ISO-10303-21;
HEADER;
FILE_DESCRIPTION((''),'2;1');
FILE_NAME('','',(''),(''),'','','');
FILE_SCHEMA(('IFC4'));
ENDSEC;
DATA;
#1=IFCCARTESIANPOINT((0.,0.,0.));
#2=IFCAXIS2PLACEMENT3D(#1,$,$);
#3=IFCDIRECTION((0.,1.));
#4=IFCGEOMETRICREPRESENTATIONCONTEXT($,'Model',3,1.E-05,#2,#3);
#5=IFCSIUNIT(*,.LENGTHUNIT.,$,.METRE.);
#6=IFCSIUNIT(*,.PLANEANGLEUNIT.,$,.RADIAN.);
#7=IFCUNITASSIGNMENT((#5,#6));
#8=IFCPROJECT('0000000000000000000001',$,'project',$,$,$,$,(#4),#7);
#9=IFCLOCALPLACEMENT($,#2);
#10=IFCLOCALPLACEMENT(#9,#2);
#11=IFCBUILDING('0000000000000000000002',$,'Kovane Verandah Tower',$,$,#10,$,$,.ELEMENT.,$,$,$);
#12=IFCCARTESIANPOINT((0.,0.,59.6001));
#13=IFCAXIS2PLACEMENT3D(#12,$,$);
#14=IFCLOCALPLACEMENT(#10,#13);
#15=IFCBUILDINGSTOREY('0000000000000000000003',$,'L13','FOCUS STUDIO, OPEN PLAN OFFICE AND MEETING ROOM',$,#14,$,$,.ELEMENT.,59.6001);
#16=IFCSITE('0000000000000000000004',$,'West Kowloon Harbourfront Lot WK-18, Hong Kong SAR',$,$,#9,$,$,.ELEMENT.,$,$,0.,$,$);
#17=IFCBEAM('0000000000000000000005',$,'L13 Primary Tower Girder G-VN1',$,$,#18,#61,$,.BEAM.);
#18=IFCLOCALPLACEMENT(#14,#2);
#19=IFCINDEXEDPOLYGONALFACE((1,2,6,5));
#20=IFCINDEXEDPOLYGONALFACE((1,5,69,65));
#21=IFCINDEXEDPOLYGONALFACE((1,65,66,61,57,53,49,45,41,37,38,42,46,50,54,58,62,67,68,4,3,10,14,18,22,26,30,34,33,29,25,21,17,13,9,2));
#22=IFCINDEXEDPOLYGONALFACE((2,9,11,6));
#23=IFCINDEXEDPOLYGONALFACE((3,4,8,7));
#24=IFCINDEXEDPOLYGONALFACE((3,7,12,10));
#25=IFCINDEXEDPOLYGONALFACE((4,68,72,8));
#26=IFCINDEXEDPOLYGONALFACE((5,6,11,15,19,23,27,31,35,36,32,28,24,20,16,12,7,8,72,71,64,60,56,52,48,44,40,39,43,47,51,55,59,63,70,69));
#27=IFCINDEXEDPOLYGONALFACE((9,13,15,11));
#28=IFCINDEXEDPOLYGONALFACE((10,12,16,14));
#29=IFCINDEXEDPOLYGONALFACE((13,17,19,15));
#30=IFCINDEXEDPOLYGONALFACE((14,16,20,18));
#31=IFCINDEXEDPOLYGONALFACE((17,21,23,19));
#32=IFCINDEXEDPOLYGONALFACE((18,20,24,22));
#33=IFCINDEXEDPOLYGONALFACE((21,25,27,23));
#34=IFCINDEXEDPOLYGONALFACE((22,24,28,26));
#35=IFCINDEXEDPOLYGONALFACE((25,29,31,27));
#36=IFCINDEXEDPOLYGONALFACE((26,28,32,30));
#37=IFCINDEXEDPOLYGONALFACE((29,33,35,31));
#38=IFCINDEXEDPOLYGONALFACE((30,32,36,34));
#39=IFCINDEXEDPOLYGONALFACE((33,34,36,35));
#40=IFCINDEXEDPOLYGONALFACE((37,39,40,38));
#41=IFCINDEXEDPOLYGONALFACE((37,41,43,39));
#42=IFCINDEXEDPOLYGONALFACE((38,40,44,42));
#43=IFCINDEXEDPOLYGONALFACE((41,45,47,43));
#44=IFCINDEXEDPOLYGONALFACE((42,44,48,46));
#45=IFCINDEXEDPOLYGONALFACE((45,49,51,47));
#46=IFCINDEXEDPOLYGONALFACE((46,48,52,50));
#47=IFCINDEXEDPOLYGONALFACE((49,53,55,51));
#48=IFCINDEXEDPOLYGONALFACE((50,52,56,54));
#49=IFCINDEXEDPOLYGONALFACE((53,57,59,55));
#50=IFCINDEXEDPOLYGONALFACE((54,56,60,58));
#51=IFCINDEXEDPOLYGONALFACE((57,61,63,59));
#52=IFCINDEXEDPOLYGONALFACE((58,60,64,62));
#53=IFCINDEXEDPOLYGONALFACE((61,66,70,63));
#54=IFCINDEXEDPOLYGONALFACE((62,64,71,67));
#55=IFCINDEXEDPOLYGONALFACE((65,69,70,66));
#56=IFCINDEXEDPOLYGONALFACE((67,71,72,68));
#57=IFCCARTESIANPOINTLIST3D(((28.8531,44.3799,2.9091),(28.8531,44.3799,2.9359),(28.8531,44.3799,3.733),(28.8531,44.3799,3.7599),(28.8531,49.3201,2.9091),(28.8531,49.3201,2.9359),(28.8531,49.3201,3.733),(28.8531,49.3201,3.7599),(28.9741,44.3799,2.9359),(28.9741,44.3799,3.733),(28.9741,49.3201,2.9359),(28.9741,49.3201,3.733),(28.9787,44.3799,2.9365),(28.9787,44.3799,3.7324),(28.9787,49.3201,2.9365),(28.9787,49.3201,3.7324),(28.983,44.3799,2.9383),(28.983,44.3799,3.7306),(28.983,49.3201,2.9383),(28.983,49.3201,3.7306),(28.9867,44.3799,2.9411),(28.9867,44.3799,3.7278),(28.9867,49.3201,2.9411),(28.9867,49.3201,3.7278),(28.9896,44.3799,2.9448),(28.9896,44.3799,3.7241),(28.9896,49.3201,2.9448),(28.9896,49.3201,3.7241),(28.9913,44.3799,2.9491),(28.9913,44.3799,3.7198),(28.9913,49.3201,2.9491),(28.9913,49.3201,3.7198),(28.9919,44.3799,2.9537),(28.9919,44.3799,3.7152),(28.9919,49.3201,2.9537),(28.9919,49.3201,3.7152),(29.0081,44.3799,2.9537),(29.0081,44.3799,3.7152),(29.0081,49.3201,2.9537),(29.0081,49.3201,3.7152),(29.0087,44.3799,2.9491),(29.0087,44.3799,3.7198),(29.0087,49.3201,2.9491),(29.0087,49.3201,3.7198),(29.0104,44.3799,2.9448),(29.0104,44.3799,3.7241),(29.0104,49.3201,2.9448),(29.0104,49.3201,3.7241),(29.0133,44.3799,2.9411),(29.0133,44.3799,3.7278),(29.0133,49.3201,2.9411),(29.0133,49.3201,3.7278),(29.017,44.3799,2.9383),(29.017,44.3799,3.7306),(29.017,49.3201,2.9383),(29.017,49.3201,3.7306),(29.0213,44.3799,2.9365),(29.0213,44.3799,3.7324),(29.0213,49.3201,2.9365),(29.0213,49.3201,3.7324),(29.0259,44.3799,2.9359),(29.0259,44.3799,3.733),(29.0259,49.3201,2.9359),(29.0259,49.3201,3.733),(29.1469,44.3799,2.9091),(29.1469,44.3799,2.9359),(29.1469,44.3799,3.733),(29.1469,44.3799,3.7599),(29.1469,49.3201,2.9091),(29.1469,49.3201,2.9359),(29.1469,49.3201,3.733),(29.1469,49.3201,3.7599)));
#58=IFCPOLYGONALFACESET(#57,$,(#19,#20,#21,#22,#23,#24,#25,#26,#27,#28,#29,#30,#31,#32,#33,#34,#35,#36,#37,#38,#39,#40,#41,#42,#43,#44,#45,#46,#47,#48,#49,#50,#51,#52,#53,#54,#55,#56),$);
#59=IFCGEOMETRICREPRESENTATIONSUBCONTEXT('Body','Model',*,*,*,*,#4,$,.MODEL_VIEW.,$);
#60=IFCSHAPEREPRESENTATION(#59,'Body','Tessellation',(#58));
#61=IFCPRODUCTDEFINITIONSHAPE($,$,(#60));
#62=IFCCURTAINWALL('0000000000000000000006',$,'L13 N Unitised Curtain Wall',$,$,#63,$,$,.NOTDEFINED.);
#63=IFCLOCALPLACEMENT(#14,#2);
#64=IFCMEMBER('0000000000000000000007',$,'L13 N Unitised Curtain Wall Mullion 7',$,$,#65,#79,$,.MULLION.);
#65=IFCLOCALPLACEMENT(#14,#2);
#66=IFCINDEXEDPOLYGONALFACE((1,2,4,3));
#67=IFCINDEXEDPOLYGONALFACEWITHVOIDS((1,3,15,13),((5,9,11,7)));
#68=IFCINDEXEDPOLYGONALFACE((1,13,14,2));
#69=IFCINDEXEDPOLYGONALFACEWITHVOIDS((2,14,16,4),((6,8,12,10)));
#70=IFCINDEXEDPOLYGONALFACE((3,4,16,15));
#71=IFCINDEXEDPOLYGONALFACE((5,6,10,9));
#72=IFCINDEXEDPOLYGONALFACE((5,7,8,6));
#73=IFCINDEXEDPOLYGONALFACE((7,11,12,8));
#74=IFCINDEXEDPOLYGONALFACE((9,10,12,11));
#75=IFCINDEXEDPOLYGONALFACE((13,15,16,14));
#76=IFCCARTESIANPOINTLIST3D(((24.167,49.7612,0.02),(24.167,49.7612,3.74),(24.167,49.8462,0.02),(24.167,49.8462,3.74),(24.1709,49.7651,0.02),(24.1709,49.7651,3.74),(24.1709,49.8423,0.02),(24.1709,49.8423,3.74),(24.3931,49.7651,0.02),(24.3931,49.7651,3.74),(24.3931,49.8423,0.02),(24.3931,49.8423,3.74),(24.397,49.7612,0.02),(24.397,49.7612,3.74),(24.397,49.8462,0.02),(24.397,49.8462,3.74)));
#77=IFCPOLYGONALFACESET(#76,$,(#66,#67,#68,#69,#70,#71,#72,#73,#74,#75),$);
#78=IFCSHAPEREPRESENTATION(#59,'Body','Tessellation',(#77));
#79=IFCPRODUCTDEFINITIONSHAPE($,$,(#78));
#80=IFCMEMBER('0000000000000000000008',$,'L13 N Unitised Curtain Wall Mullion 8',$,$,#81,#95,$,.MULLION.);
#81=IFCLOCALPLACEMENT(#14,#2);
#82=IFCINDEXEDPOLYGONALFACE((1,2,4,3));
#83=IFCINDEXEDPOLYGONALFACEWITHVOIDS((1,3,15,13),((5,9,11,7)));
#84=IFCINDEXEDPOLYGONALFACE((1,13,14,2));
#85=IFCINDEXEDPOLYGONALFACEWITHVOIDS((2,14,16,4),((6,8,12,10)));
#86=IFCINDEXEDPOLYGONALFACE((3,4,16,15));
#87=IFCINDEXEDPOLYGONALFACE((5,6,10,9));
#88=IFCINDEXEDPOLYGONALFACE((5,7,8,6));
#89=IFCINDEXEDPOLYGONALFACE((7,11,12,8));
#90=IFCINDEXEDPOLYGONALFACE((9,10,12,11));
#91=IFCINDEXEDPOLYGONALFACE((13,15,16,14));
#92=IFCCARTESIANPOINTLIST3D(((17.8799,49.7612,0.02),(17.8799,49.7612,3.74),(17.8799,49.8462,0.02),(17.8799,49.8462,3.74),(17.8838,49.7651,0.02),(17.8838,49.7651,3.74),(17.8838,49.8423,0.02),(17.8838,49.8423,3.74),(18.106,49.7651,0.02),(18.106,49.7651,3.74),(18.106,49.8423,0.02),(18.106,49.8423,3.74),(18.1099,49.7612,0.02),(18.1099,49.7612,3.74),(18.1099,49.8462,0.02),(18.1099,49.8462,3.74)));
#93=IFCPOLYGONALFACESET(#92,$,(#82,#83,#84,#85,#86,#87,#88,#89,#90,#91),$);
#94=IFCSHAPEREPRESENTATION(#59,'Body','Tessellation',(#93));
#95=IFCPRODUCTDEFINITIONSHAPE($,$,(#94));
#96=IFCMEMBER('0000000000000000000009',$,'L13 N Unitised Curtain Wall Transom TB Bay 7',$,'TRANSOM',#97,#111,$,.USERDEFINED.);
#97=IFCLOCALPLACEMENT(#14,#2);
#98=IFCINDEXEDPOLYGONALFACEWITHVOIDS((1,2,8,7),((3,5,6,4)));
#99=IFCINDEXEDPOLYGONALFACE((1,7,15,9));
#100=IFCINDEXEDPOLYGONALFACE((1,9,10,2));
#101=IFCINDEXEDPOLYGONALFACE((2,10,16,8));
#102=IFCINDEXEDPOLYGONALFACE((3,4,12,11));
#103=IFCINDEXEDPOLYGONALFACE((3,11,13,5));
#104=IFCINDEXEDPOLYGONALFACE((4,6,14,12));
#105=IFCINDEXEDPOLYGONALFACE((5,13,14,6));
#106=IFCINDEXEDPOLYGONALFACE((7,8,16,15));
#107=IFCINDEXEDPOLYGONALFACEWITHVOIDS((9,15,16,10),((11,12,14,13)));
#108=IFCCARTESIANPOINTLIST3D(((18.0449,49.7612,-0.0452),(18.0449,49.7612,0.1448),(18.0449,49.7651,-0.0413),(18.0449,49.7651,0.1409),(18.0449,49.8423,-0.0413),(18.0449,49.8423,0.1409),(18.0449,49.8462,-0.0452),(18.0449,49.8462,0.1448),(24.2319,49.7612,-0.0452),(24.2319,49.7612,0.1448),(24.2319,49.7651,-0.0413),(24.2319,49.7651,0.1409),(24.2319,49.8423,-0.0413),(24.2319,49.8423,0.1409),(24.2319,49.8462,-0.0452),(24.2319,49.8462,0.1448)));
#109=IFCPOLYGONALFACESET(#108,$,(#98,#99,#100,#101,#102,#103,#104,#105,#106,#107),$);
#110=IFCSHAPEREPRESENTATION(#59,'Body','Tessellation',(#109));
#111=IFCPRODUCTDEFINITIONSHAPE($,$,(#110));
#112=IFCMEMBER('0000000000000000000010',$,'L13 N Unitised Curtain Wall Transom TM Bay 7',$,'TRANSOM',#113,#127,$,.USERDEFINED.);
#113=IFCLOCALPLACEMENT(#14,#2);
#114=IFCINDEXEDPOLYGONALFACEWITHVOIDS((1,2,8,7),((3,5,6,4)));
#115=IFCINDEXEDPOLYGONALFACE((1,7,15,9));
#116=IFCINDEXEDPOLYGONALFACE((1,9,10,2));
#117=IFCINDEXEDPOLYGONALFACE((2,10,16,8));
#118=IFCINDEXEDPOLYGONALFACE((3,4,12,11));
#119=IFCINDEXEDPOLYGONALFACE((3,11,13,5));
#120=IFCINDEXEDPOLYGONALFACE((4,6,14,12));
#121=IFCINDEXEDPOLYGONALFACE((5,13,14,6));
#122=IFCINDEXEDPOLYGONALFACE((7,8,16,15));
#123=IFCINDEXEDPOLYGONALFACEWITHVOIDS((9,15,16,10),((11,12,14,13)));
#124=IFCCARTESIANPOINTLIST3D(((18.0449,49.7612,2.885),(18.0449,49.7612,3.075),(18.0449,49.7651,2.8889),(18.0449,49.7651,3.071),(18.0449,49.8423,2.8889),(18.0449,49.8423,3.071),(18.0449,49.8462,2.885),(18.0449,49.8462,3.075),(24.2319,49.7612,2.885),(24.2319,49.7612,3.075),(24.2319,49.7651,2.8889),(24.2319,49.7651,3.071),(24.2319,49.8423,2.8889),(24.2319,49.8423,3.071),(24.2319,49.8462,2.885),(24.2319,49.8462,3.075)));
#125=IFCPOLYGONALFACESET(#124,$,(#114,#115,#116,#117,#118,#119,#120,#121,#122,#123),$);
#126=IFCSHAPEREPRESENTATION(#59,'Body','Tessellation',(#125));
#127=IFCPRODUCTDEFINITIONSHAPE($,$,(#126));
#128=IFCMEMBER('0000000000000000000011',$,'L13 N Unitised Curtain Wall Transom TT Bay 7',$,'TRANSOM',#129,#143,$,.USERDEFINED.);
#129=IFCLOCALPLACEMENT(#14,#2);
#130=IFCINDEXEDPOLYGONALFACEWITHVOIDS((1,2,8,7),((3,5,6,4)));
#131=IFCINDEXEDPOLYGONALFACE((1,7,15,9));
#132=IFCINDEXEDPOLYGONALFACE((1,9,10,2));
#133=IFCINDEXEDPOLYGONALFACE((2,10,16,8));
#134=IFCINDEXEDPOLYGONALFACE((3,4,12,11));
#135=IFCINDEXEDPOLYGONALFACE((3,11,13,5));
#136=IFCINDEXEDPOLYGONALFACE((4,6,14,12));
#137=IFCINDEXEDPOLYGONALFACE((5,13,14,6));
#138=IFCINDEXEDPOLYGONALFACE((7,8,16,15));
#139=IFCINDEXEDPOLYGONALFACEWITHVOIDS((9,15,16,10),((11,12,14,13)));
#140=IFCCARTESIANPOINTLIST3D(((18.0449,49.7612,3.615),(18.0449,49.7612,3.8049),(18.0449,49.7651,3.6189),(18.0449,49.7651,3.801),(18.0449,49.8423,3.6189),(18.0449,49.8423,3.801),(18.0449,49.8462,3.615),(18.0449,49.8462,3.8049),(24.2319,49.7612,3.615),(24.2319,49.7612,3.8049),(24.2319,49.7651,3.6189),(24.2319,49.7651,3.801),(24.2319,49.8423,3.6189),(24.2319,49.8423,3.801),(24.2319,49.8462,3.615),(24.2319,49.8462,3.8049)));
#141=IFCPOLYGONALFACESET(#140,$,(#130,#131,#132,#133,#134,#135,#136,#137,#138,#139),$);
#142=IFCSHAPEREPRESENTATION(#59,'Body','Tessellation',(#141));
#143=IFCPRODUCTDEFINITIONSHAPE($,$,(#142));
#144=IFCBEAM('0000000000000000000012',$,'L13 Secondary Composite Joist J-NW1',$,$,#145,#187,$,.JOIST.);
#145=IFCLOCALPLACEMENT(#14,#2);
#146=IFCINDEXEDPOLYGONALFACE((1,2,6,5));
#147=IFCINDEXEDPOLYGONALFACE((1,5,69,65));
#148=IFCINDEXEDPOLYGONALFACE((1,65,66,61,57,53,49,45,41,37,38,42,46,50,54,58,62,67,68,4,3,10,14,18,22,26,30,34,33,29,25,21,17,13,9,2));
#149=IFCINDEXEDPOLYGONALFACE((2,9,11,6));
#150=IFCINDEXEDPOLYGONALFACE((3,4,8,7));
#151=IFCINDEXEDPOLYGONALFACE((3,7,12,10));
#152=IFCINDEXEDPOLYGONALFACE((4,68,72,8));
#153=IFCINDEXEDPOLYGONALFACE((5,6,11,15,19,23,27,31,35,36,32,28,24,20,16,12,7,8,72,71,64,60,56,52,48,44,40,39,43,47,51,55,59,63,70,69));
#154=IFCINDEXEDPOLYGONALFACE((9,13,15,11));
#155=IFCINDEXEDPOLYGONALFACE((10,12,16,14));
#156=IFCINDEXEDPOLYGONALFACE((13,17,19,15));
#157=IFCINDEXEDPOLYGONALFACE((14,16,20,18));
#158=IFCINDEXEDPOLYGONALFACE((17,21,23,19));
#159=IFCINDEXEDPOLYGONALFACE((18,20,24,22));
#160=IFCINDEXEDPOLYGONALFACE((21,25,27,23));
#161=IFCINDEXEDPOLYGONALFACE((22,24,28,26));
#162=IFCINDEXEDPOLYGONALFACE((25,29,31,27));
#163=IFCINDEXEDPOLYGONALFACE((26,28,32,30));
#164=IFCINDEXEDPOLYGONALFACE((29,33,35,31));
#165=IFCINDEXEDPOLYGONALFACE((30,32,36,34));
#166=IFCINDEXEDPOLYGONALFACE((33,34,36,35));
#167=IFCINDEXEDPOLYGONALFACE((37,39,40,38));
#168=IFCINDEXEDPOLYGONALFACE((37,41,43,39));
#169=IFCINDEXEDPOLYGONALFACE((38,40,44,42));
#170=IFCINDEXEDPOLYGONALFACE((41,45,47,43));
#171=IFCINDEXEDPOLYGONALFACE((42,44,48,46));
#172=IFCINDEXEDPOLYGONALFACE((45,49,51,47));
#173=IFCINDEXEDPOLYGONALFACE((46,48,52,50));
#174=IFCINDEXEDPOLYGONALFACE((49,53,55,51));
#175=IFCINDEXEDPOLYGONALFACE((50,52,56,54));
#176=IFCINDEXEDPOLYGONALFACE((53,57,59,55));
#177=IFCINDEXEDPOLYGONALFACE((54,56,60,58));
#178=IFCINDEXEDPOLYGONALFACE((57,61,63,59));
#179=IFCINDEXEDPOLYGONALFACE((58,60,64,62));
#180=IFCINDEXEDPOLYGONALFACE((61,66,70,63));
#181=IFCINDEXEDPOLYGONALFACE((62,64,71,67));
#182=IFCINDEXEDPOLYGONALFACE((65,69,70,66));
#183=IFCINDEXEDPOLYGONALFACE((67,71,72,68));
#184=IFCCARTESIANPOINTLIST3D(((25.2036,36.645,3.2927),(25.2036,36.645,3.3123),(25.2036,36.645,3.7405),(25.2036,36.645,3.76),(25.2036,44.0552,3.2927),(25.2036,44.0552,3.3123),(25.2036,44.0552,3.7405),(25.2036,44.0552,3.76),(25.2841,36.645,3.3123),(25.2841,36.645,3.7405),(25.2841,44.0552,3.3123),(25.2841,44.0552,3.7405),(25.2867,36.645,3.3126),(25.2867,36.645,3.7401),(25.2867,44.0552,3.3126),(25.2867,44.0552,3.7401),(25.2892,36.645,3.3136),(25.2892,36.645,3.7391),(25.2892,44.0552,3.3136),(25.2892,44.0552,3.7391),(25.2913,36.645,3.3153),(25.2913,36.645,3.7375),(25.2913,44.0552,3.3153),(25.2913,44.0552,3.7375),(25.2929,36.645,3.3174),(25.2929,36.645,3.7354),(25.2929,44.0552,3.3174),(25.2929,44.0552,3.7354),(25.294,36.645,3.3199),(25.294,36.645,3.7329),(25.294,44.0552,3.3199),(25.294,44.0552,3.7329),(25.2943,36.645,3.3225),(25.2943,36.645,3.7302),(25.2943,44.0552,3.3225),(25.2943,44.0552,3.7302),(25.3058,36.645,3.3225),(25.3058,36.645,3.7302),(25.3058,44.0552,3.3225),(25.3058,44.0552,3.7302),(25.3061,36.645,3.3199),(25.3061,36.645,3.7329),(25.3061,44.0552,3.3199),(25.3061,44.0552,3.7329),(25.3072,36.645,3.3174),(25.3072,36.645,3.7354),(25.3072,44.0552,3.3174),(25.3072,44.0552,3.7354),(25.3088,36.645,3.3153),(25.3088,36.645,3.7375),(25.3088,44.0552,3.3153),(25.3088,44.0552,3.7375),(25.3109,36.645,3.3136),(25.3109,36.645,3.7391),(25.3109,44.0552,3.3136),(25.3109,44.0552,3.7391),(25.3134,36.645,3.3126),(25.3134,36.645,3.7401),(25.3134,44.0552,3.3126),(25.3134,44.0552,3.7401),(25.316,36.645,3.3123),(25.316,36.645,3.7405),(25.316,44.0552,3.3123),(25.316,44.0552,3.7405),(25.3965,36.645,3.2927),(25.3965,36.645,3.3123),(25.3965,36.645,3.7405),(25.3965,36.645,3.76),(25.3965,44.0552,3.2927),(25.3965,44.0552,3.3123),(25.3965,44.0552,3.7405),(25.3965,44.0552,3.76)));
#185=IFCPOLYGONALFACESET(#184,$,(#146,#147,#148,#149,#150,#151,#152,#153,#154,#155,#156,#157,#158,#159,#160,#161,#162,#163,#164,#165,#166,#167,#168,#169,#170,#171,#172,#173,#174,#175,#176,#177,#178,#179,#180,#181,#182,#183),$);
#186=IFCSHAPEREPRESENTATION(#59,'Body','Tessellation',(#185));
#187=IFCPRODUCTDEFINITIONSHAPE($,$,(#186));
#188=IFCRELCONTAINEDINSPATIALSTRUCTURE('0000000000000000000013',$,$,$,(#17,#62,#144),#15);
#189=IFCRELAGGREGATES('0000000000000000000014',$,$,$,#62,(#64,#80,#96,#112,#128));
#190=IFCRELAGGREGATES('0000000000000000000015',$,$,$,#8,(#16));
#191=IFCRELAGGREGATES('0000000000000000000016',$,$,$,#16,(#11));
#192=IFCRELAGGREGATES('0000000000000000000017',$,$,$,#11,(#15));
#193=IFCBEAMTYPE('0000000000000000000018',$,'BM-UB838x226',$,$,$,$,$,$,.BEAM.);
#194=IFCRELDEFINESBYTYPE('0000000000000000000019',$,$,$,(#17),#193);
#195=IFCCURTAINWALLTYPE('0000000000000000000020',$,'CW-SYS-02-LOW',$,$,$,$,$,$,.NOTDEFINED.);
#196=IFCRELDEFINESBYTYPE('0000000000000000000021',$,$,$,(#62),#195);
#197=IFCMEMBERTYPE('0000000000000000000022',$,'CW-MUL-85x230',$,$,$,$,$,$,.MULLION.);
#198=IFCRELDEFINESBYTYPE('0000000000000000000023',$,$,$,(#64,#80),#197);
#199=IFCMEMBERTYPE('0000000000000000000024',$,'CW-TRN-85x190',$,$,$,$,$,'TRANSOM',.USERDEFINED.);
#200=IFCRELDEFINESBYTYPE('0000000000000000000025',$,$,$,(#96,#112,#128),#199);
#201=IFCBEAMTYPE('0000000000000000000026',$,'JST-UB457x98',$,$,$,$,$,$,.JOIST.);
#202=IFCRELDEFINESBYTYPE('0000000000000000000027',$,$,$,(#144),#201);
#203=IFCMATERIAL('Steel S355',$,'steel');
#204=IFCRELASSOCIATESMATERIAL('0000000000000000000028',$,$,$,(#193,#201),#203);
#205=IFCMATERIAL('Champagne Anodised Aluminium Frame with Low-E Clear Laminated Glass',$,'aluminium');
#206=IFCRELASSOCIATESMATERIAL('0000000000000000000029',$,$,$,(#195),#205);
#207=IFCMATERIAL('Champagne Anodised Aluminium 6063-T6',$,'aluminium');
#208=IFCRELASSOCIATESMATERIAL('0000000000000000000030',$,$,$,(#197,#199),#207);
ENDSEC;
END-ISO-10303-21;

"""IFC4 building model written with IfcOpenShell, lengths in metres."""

from ifc_helpers import new_model, si_unit, direction, frame, origin, origin_2d, place, context, subcontext, project, spatial, hollow_rectangle, i_section, extrude, material, material_profile, profile_set, type_object, element, aggregate, save


model = new_model("IFC4")

# Units and contexts
model_context = context("Model", 3, precision=1e-05, world=origin(), true_north=direction((0.0, 1.0)))
body_context = subcontext(model_context, "Body", "Model", "MODEL_VIEW")
ifc_project = project(units=[si_unit("LENGTHUNIT", "METRE"), si_unit("PLANEANGLEUNIT", "RADIAN")], contexts=[model_context])

# Site, building, storey
site_placement = place(None, origin())
site = spatial("IfcSite", under=ifc_project, at=site_placement, Name="West Kowloon Harbourfront Lot WK-18, Hong Kong SAR", CompositionType="ELEMENT", RefElevation=0.0)
building_placement = place(site_placement, origin())
building = spatial("IfcBuilding", under=site, at=building_placement, Name="Kovane Verandah Tower", CompositionType="ELEMENT")
storey_placement = place(building_placement, frame((0.0, 0.0, 59.6001)))
storey = spatial("IfcBuildingStorey", under=building, at=storey_placement, Name="L13", Description="FOCUS STUDIO, OPEN PLAN OFFICE AND MEETING ROOM", CompositionType="ELEMENT", Elevation=59.6001)

# Beam
ifc_material_1 = material(Name="Steel S355", Category="steel")
ifc_material_profile_1 = material_profile(ifc_material_1, i_section(OverallWidth=0.2937, OverallDepth=0.8508, WebThickness=0.0161, FlangeThickness=0.0269, FilletRadius=0.0178, at=origin_2d()), Name="UB838x292x226")
ifc_profile_set_1 = profile_set([ifc_material_profile_1], Name="Steel S355")
beam_type_1 = type_object("IfcBeamType", Name="BM-UB838x226", PredefinedType="BEAM", material=ifc_profile_set_1)
beam_1_placement = place(storey_placement, frame((29.0, 44.3799, 3.3345), z_axis=(0.0, 1.0, 0.0), x_axis=(-1.0, 0.0, 0.0)))
element("IfcBeam", 1, at=beam_1_placement, inside=storey, type_object=beam_type_1, Name="L13 Primary Tower Girder G-VN1", PredefinedType="BEAM", context=body_context, shape_type="SweptSolid", body=[
    extrude(i_section(OverallWidth=0.2937, OverallDepth=0.8508, WebThickness=0.0161, FlangeThickness=0.0269, FilletRadius=0.0178, at=origin_2d()), origin(), (0.0, 0.0, 1.0), 4.9402),
])

# Curtain wall, members
ifc_material_2 = material(Name="Champagne Anodised Aluminium Frame with Low-E Clear Laminated Glass", Category="aluminium")
curtain_wall_type = type_object("IfcCurtainWallType", Name="CW-SYS-02-LOW", PredefinedType="NOTDEFINED", material=ifc_material_2)
curtain_wall_placement = place(storey_placement, origin())
curtain_wall = element("IfcCurtainWall", 2, at=curtain_wall_placement, inside=storey, type_object=curtain_wall_type, Name="L13 N Unitised Curtain Wall", PredefinedType="NOTDEFINED")
ifc_material_3 = material(Name="Champagne Anodised Aluminium 6063-T6", Category="aluminium")
ifc_material_profile_2 = material_profile(ifc_material_3, hollow_rectangle(XDim=0.085, YDim=0.23, WallThickness=0.0039, at=origin_2d()), Name="AL85x230x4")
ifc_profile_set_2 = profile_set([ifc_material_profile_2], Name="Champagne Anodised Aluminium 6063-T6")
member_type_1 = type_object("IfcMemberType", Name="CW-MUL-85x230", PredefinedType="MULLION", material=ifc_profile_set_2)
member_1_placement = place(storey_placement, frame((24.282, 49.8037, 0.02), z_axis=(0.0, 0.0, 1.0), x_axis=(0.0, 1.0, 0.0)))
member_1 = element("IfcMember", 3, at=member_1_placement, type_object=member_type_1, Name="L13 N Unitised Curtain Wall Mullion 7", PredefinedType="MULLION", context=body_context, shape_type="SweptSolid", body=[
    extrude(hollow_rectangle(XDim=0.085, YDim=0.23, WallThickness=0.0039, at=origin_2d()), origin(), (0.0, 0.0, 1.0), 3.72),
])
member_2_placement = place(storey_placement, frame((17.9949, 49.8037, 0.02), z_axis=(0.0, 0.0, 1.0), x_axis=(0.0, 1.0, 0.0)))
member_2 = element("IfcMember", 4, at=member_2_placement, type_object=member_type_1, Name="L13 N Unitised Curtain Wall Mullion 8", PredefinedType="MULLION", context=body_context, shape_type="SweptSolid", body=[
    extrude(hollow_rectangle(XDim=0.085, YDim=0.23, WallThickness=0.0039, at=origin_2d()), origin(), (0.0, 0.0, 1.0), 3.72),
])
ifc_material_profile_3 = material_profile(ifc_material_3, hollow_rectangle(XDim=0.085, YDim=0.1899, WallThickness=0.0039, at=origin_2d()), Name="AL85x190x4")
ifc_profile_set_3 = profile_set([ifc_material_profile_3], Name="Champagne Anodised Aluminium 6063-T6")
member_type_2 = type_object("IfcMemberType", Name="CW-TRN-85x190", ElementType="TRANSOM", PredefinedType="USERDEFINED", material=ifc_profile_set_3)
member_3_placement = place(storey_placement, frame((24.2319, 49.8037, 0.0498), z_axis=(-1.0, 0.0, 0.0), x_axis=(0.0, -1.0, 0.0)))
member_3 = element("IfcMember", 5, at=member_3_placement, type_object=member_type_2, Name="L13 N Unitised Curtain Wall Transom TB Bay 7", ObjectType="TRANSOM", PredefinedType="USERDEFINED", context=body_context, shape_type="SweptSolid", body=[
    extrude(hollow_rectangle(XDim=0.085, YDim=0.1899, WallThickness=0.0039, at=origin_2d()), origin(), (0.0, 0.0, 1.0), 6.187),
])
member_4_placement = place(storey_placement, frame((24.2319, 49.8037, 2.98), z_axis=(-1.0, 0.0, 0.0), x_axis=(0.0, -1.0, 0.0)))
member_4 = element("IfcMember", 6, at=member_4_placement, type_object=member_type_2, Name="L13 N Unitised Curtain Wall Transom TM Bay 7", ObjectType="TRANSOM", PredefinedType="USERDEFINED", context=body_context, shape_type="SweptSolid", body=[
    extrude(hollow_rectangle(XDim=0.085, YDim=0.1899, WallThickness=0.0039, at=origin_2d()), origin(), (0.0, 0.0, 1.0), 6.187),
])
member_5_placement = place(storey_placement, frame((24.2319, 49.8037, 3.71), z_axis=(-1.0, 0.0, 0.0), x_axis=(0.0, -1.0, 0.0)))
member_5 = element("IfcMember", 7, at=member_5_placement, type_object=member_type_2, Name="L13 N Unitised Curtain Wall Transom TT Bay 7", ObjectType="TRANSOM", PredefinedType="USERDEFINED", context=body_context, shape_type="SweptSolid", body=[
    extrude(hollow_rectangle(XDim=0.085, YDim=0.1899, WallThickness=0.0039, at=origin_2d()), origin(), (0.0, 0.0, 1.0), 6.187),
])

# Beam
ifc_material_profile_4 = material_profile(ifc_material_1, i_section(OverallWidth=0.1929, OverallDepth=0.4673, WebThickness=0.0115, FlangeThickness=0.0195, FilletRadius=0.0103, at=origin_2d()), Name="UB457x191x98")
ifc_profile_set_4 = profile_set([ifc_material_profile_4], Name="Steel S355")
beam_type_2 = type_object("IfcBeamType", Name="JST-UB457x98", PredefinedType="JOIST", material=ifc_profile_set_4)
beam_2_placement = place(storey_placement, frame((25.3, 36.645, 3.5264), z_axis=(0.0, 1.0, 0.0), x_axis=(-1.0, 0.0, 0.0)))
element("IfcBeam", 8, at=beam_2_placement, inside=storey, type_object=beam_type_2, Name="L13 Secondary Composite Joist J-NW1", PredefinedType="JOIST", context=body_context, shape_type="SweptSolid", body=[
    extrude(i_section(OverallWidth=0.1929, OverallDepth=0.4673, WebThickness=0.0115, FlangeThickness=0.0195, FilletRadius=0.0103, at=origin_2d()), origin(), (0.0, 0.0, 1.0), 7.4102),
])

aggregate(curtain_wall, [member_1, member_2, member_3, member_4, member_5])

save(model, "model.ifc")
